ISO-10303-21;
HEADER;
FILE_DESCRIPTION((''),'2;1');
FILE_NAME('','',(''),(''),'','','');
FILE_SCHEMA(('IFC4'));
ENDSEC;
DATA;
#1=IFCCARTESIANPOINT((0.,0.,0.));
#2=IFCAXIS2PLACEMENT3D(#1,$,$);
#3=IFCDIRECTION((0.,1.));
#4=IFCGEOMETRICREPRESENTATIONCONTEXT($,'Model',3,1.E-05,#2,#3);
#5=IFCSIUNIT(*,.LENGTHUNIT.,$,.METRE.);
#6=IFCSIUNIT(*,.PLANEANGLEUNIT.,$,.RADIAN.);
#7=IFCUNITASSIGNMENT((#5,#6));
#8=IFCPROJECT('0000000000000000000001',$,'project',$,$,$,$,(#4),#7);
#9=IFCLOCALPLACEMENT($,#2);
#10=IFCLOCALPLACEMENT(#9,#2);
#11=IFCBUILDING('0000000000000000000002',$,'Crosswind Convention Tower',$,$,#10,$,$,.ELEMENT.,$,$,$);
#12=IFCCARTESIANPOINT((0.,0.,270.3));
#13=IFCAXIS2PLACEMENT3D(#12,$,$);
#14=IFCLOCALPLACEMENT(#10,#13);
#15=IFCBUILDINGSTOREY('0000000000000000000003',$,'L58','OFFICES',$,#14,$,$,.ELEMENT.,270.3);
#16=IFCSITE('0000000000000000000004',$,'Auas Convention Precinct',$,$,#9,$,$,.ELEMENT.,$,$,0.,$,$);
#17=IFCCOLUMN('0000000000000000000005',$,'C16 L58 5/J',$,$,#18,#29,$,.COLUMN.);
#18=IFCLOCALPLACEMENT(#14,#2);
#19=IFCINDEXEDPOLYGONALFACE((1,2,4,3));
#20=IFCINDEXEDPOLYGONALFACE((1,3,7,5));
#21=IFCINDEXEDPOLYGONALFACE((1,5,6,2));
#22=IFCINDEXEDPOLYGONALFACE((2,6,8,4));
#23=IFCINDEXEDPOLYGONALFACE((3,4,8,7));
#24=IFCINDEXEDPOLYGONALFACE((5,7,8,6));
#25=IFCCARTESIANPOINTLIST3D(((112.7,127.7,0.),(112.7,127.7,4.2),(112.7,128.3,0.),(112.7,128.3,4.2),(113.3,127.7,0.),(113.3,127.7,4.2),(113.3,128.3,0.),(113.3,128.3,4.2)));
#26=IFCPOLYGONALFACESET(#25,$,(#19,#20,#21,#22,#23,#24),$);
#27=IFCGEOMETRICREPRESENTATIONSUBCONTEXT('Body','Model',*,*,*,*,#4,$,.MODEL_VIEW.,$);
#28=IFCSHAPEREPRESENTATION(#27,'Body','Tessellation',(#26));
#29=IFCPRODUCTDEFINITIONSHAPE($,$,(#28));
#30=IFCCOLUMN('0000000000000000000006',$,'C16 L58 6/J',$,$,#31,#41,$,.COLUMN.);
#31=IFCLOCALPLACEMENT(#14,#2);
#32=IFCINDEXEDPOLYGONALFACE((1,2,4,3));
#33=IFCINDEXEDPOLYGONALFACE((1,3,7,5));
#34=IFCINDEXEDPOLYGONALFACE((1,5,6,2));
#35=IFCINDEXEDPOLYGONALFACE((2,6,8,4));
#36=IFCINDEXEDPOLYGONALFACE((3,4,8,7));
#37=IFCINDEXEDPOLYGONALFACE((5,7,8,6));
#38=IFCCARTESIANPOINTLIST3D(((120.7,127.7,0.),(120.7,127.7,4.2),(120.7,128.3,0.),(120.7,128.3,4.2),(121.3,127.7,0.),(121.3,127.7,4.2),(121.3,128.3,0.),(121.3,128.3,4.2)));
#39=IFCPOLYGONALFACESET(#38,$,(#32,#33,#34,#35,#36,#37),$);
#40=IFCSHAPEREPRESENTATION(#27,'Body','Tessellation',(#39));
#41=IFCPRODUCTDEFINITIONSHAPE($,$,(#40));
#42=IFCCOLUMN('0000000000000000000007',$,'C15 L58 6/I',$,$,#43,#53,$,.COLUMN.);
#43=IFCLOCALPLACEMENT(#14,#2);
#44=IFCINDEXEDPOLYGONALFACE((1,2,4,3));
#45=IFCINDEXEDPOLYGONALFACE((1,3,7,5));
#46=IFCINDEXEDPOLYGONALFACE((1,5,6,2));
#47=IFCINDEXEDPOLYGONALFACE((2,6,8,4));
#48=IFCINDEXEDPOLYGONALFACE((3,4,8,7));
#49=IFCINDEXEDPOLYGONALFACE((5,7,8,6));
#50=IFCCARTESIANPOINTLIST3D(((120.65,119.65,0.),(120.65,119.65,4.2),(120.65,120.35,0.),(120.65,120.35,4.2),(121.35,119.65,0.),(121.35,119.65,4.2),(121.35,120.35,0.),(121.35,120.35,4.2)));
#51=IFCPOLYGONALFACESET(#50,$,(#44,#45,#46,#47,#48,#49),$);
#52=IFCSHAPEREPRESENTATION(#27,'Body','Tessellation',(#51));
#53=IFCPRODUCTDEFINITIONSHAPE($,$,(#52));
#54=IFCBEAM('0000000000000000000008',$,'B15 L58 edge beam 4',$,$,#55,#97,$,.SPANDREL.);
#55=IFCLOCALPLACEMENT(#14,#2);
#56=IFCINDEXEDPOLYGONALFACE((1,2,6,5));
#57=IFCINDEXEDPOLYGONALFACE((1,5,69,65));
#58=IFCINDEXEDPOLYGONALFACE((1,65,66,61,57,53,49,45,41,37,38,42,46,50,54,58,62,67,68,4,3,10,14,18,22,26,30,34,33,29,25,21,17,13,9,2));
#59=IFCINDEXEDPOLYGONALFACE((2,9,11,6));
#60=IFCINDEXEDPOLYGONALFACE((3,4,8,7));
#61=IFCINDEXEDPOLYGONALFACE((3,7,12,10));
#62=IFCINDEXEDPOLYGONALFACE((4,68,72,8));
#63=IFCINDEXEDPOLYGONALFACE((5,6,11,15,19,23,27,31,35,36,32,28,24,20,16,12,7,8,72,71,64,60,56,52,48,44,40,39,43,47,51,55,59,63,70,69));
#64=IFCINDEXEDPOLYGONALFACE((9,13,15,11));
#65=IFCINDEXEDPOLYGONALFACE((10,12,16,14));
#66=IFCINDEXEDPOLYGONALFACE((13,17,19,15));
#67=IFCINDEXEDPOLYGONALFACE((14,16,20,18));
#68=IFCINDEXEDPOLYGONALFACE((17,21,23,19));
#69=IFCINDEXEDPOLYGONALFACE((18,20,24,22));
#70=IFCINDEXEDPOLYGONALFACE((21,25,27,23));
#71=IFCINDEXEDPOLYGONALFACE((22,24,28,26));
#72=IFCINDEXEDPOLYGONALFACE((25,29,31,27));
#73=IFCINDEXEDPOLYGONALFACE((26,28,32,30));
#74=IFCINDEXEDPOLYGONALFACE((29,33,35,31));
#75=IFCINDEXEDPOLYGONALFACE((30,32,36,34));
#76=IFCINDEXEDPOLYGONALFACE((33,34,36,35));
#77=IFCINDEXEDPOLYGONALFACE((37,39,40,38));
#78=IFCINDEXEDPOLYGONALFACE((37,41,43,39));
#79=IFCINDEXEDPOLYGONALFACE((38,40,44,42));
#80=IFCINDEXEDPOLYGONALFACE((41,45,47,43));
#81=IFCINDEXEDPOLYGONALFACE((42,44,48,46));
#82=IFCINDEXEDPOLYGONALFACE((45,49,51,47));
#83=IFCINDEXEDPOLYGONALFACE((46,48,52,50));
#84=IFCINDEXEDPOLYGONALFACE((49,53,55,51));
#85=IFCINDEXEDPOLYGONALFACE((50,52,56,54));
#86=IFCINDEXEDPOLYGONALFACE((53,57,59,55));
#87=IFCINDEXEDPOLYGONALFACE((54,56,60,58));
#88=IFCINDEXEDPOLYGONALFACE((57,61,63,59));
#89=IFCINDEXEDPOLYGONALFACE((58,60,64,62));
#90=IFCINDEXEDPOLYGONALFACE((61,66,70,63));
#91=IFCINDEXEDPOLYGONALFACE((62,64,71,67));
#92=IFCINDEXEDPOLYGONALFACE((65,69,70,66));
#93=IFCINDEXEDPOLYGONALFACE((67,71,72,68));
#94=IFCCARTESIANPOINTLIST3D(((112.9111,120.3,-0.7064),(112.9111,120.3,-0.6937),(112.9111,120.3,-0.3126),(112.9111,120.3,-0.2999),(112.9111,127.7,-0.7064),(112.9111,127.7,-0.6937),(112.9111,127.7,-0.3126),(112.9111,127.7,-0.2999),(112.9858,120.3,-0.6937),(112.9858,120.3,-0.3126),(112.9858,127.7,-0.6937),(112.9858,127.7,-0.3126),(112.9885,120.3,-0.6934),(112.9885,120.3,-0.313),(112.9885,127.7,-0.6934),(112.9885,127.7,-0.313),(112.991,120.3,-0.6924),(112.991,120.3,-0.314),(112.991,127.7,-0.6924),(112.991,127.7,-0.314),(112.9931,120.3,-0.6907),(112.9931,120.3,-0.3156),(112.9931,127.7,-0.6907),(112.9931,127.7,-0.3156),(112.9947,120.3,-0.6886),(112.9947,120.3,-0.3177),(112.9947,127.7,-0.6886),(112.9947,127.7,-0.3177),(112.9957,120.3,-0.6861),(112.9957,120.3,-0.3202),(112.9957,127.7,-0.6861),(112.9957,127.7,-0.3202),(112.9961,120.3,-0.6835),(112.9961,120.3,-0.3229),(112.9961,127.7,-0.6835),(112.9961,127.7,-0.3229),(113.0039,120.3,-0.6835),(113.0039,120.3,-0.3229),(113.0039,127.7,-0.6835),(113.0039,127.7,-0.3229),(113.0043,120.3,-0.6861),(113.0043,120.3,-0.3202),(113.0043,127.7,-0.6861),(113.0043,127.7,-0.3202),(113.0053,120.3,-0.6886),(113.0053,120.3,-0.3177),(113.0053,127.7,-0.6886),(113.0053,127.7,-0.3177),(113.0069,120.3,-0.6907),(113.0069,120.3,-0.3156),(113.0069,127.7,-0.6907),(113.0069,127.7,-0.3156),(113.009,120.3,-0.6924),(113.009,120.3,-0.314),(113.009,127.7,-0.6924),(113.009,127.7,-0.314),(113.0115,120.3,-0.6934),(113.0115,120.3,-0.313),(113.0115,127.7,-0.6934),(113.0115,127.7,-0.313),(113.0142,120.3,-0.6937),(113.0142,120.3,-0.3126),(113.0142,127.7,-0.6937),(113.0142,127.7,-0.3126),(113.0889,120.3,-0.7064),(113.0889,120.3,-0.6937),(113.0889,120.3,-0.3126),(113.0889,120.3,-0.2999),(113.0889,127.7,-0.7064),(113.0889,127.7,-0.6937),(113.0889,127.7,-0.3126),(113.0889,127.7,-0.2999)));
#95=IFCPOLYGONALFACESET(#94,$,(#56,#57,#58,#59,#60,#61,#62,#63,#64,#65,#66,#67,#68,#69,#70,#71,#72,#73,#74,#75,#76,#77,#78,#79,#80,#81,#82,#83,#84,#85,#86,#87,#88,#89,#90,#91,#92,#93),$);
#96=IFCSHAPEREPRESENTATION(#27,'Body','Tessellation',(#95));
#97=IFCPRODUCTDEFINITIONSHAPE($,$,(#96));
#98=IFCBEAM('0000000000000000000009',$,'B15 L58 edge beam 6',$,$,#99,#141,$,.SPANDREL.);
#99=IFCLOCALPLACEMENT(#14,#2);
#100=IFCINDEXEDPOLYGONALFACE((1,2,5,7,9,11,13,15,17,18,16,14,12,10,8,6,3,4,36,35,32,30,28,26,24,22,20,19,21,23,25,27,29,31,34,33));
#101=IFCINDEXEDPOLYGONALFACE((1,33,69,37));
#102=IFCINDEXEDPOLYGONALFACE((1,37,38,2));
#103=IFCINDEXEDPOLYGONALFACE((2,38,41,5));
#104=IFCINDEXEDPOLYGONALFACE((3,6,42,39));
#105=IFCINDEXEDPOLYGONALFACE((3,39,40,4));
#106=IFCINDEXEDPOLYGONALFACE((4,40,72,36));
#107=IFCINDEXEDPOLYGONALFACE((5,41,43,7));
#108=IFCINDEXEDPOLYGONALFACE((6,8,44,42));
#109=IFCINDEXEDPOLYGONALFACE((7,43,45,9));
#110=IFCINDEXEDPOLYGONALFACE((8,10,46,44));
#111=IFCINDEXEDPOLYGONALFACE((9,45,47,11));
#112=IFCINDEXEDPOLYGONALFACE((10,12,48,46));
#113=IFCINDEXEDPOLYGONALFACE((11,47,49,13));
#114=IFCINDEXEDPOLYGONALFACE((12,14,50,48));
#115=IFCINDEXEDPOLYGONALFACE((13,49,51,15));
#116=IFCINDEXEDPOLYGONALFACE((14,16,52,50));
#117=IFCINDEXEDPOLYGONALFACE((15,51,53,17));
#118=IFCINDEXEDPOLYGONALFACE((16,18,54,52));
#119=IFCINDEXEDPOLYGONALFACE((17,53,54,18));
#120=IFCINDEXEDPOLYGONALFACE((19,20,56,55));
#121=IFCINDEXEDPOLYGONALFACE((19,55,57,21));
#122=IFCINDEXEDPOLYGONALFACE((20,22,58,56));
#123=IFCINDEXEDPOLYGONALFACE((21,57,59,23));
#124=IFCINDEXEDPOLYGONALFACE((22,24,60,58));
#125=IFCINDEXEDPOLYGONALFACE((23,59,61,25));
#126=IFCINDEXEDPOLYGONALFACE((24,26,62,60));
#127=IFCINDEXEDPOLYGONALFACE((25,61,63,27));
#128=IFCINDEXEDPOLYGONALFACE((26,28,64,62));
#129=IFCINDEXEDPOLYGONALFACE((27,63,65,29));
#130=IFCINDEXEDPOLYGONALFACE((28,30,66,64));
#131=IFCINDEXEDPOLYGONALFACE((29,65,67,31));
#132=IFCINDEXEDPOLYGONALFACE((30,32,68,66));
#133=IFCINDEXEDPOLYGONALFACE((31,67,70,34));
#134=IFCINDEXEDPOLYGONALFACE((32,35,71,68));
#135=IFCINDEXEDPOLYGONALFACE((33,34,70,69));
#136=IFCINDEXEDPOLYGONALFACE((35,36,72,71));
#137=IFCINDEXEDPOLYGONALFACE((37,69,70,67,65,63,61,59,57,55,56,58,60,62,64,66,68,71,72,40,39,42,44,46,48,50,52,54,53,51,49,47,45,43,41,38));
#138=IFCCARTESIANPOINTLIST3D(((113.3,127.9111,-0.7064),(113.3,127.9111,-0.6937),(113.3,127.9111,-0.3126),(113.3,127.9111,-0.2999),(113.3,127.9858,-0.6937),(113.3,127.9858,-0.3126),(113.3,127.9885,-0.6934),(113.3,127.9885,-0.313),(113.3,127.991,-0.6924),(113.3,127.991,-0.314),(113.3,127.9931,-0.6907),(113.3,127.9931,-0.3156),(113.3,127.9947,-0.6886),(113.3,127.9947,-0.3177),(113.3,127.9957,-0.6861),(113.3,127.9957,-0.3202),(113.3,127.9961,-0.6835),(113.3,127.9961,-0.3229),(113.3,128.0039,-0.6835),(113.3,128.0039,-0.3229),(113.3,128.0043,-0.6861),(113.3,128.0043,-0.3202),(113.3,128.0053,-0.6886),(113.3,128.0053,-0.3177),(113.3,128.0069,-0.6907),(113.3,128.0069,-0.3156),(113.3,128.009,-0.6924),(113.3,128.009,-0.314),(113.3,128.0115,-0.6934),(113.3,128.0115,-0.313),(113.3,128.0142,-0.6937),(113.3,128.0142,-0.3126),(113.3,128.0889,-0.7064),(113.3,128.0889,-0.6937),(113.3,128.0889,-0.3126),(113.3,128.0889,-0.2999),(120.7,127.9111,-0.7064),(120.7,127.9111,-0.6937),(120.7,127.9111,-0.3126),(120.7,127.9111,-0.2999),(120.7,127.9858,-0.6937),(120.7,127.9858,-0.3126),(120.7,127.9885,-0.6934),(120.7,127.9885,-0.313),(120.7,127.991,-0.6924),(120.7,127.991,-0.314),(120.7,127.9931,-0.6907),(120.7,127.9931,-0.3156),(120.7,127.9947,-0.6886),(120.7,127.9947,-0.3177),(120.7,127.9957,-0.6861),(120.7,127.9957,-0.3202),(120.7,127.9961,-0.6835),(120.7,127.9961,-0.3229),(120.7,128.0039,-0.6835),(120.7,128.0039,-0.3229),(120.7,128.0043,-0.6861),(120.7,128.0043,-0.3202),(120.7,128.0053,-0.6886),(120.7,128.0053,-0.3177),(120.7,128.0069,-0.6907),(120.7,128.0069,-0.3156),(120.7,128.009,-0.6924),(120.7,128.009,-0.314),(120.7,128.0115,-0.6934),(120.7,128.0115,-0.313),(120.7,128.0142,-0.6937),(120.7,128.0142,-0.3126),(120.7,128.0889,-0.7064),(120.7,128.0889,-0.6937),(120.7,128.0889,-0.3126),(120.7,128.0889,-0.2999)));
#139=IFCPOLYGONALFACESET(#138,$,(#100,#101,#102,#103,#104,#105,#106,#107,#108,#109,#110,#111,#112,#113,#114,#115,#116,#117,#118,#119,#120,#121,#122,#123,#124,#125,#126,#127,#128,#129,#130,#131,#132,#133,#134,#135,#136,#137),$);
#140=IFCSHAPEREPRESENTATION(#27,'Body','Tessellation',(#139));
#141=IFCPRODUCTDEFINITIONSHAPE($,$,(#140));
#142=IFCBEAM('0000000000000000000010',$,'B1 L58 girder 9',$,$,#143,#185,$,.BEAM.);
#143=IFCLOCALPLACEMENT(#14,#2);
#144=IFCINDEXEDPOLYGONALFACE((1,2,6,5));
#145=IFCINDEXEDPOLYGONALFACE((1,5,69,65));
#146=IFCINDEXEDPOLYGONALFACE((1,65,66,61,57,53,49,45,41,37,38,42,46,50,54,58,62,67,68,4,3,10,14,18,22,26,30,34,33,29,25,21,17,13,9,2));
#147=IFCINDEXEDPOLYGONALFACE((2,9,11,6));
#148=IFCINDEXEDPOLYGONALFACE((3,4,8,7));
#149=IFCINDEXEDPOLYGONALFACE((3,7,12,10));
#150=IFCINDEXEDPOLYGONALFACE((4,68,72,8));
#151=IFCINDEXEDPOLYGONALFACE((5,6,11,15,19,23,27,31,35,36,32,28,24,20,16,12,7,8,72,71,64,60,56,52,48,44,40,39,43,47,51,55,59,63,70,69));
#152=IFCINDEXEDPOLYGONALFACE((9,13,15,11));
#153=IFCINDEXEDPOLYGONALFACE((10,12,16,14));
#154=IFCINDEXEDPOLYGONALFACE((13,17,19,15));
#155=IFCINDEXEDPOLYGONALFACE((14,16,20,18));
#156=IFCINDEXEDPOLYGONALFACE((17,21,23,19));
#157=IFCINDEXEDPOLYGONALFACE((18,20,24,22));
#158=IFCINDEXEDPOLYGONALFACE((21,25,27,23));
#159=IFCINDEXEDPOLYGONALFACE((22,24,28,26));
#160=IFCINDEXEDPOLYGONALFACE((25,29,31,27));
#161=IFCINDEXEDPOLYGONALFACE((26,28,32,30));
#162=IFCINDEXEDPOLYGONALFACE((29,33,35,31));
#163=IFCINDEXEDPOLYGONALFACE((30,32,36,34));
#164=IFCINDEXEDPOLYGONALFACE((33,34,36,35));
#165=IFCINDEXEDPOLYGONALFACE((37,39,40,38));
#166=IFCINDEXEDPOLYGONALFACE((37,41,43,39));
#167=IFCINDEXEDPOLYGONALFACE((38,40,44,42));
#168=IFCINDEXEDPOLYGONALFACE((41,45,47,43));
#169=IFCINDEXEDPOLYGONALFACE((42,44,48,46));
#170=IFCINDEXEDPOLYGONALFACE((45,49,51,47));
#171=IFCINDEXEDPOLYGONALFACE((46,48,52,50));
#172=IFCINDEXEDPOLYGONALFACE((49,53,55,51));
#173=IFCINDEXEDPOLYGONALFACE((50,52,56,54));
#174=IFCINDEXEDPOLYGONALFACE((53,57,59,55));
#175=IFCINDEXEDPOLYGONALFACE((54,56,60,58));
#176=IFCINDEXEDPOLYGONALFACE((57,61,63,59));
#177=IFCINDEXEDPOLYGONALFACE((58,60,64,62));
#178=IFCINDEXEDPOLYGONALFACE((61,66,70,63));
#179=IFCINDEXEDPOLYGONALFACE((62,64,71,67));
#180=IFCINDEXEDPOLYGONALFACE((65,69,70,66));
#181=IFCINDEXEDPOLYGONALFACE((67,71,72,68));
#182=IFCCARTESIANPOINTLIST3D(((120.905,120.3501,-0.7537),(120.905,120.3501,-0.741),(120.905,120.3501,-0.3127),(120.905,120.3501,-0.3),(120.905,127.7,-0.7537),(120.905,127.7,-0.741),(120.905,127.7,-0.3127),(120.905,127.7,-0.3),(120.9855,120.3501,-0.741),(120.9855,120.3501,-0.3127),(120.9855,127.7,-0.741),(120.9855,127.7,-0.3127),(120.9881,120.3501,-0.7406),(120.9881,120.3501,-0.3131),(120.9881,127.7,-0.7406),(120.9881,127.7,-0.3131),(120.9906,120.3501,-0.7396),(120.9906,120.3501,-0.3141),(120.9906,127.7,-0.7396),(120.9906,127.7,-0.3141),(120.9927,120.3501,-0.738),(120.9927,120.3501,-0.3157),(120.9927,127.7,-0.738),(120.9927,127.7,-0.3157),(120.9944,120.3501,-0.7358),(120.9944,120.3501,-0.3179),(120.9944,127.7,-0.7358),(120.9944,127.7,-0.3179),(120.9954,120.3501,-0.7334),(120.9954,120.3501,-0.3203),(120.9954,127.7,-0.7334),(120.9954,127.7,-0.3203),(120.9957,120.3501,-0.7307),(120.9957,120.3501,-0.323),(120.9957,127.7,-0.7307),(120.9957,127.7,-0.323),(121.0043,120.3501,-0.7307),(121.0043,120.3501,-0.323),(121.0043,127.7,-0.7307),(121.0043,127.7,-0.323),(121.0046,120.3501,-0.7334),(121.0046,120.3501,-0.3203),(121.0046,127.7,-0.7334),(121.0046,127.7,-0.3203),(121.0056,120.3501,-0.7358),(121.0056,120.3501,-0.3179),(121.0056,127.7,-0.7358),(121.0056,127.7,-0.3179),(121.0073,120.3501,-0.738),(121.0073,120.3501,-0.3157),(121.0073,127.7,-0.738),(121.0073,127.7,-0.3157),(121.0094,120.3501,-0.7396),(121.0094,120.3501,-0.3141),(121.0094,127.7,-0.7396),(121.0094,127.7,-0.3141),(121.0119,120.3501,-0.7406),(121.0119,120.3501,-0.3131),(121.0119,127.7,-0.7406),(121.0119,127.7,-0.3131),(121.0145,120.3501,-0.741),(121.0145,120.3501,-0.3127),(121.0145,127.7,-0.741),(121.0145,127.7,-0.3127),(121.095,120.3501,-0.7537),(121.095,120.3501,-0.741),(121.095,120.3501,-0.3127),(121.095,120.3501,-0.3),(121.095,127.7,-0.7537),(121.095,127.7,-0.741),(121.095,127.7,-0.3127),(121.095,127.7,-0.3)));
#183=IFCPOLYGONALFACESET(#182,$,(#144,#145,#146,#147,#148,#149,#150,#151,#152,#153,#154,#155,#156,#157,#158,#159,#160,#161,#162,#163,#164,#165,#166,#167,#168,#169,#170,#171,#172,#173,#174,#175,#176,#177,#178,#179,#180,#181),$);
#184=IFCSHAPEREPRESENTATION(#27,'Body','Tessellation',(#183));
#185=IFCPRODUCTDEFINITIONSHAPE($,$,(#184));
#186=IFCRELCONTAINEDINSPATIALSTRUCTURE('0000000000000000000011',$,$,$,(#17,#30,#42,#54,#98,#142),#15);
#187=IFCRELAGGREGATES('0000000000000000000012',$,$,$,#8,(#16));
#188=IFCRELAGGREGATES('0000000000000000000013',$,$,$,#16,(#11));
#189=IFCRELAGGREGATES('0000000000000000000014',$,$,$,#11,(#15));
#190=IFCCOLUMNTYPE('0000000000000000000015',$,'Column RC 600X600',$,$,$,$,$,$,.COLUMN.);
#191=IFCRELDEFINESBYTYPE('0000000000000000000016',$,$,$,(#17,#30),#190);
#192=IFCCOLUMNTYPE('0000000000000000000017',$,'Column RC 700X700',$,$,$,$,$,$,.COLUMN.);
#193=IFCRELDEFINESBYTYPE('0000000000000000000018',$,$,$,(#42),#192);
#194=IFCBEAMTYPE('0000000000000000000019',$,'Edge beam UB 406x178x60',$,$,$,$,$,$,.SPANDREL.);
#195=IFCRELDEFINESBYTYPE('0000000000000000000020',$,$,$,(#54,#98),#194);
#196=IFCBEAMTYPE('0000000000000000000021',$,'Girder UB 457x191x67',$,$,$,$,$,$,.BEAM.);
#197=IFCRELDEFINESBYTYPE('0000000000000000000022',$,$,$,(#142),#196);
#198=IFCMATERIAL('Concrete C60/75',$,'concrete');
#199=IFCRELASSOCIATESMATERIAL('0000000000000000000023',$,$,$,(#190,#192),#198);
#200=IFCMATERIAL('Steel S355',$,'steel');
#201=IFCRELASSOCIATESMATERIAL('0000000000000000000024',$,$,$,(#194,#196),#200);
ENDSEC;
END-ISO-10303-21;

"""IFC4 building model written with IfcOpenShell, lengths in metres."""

from ifc_helpers import new_model, si_unit, direction, frame, origin, origin_2d, place, context, subcontext, project, spatial, rectangle, i_section, extrude, material, material_profile, profile_set, type_object, element, save


model = new_model("IFC4")

# Units and contexts
model_context = context("Model", 3, precision=1e-05, world=origin(), true_north=direction((0.0, 1.0)))
body_context = subcontext(model_context, "Body", "Model", "MODEL_VIEW")
ifc_project = project(units=[si_unit("LENGTHUNIT", "METRE"), si_unit("PLANEANGLEUNIT", "RADIAN")], contexts=[model_context])

# Site, building, storey
site_placement = place(None, origin())
site = spatial("IfcSite", under=ifc_project, at=site_placement, Name="Auas Convention Precinct", CompositionType="ELEMENT", RefElevation=0.0)
building_placement = place(site_placement, origin())
building = spatial("IfcBuilding", under=site, at=building_placement, Name="Crosswind Convention Tower", CompositionType="ELEMENT")
storey_placement = place(building_placement, frame((0.0, 0.0, 270.3)))
storey = spatial("IfcBuildingStorey", under=building, at=storey_placement, Name="L58", Description="OFFICES", CompositionType="ELEMENT", Elevation=270.3)

# Columns
ifc_material_1 = material(Name="Concrete C60/75", Category="concrete")
ifc_material_profile_1 = material_profile(ifc_material_1, rectangle(XDim=0.6001, YDim=0.6001, at=origin_2d()), Name="RC 600X600")
ifc_profile_set_1 = profile_set([ifc_material_profile_1], Name="Concrete C60/75")
column_type_1 = type_object("IfcColumnType", Name="Column RC 600X600", PredefinedType="COLUMN", material=ifc_profile_set_1)
for number, where, z_axis, x_axis, name in (
    (1, (113.0, 128.0, 0.0), (0.0, 0.0, 1.0), (1.0, 0.0, 0.0), "C16 L58 5/J"),
    (2, (121.0, 128.0, 0.0), (0.0, 0.0, 1.0), (1.0, 0.0, 0.0), "C16 L58 6/J"),
):
    element("IfcColumn", number, at=place(storey_placement, frame(where, z_axis=z_axis, x_axis=x_axis)), inside=storey, type_object=column_type_1, Name=name, PredefinedType="COLUMN", context=body_context, shape_type="SweptSolid", body=[
        extrude(rectangle(XDim=0.6001, YDim=0.6001, at=origin_2d()), origin(), (0.0, 0.0, 1.0), 4.2),
    ])
ifc_material_profile_2 = material_profile(ifc_material_1, rectangle(XDim=0.7, YDim=0.7, at=origin_2d()), Name="RC 700X700")
ifc_profile_set_2 = profile_set([ifc_material_profile_2], Name="Concrete C60/75")
column_type_2 = type_object("IfcColumnType", Name="Column RC 700X700", PredefinedType="COLUMN", material=ifc_profile_set_2)
column_placement = place(storey_placement, frame((121.0, 120.0, 0.0), z_axis=(0.0, 0.0, 1.0), x_axis=(1.0, 0.0, 0.0)))
element("IfcColumn", 3, at=column_placement, inside=storey, type_object=column_type_2, Name="C15 L58 6/I", PredefinedType="COLUMN", context=body_context, shape_type="SweptSolid", body=[
    extrude(rectangle(XDim=0.7, YDim=0.7, at=origin_2d()), origin(), (0.0, 0.0, 1.0), 4.2),
])

# Beams
ifc_material_2 = material(Name="Steel S355", Category="steel")
ifc_material_profile_3 = material_profile(ifc_material_2, i_section(OverallWidth=0.1777, OverallDepth=0.4065, WebThickness=0.0078, FlangeThickness=0.0127, FilletRadius=0.0103, at=origin_2d()), Name="UB 406x178x60")
ifc_profile_set_3 = profile_set([ifc_material_profile_3], Name="Steel S355")
beam_type_1 = type_object("IfcBeamType", Name="Edge beam UB 406x178x60", PredefinedType="SPANDREL", material=ifc_profile_set_3)
for number, where, z_axis, x_axis, name in (
    (4, (113.0, 120.3, -0.5032), (0.0, 1.0, 0.0), (-1.0, 0.0, 0.0), "B15 L58 edge beam 4"),
    (5, (113.3, 128.0, -0.5032), (1.0, 0.0, 0.0), (0.0, 1.0, 0.0), "B15 L58 edge beam 6"),
):
    element("IfcBeam", number, at=place(storey_placement, frame(where, z_axis=z_axis, x_axis=x_axis)), inside=storey, type_object=beam_type_1, Name=name, PredefinedType="SPANDREL", context=body_context, shape_type="SweptSolid", body=[
        extrude(i_section(OverallWidth=0.1777, OverallDepth=0.4065, WebThickness=0.0078, FlangeThickness=0.0127, FilletRadius=0.0103, at=origin_2d()), origin(), (0.0, 0.0, 1.0), 7.3999),
    ])
ifc_material_profile_4 = material_profile(ifc_material_2, i_section(OverallWidth=0.1899, OverallDepth=0.4536, WebThickness=0.0085, FlangeThickness=0.0127, FilletRadius=0.0103, at=origin_2d()), Name="UB 457x191x67")
ifc_profile_set_4 = profile_set([ifc_material_profile_4], Name="Steel S355")
beam_type_2 = type_object("IfcBeamType", Name="Girder UB 457x191x67", PredefinedType="BEAM", material=ifc_profile_set_4)
beam_1_placement = place(storey_placement, frame((121.0, 120.3501, -0.5269), z_axis=(0.0, 1.0, 0.0), x_axis=(-1.0, 0.0, 0.0)))
element("IfcBeam", 6, at=beam_1_placement, inside=storey, type_object=beam_type_2, Name="B1 L58 girder 9", PredefinedType="BEAM", context=body_context, shape_type="SweptSolid", body=[
    extrude(i_section(OverallWidth=0.1899, OverallDepth=0.4536, WebThickness=0.0085, FlangeThickness=0.0127, FilletRadius=0.0103, at=origin_2d()), origin(), (0.0, 0.0, 1.0), 7.3499),
])

save(model, "model.ifc")
